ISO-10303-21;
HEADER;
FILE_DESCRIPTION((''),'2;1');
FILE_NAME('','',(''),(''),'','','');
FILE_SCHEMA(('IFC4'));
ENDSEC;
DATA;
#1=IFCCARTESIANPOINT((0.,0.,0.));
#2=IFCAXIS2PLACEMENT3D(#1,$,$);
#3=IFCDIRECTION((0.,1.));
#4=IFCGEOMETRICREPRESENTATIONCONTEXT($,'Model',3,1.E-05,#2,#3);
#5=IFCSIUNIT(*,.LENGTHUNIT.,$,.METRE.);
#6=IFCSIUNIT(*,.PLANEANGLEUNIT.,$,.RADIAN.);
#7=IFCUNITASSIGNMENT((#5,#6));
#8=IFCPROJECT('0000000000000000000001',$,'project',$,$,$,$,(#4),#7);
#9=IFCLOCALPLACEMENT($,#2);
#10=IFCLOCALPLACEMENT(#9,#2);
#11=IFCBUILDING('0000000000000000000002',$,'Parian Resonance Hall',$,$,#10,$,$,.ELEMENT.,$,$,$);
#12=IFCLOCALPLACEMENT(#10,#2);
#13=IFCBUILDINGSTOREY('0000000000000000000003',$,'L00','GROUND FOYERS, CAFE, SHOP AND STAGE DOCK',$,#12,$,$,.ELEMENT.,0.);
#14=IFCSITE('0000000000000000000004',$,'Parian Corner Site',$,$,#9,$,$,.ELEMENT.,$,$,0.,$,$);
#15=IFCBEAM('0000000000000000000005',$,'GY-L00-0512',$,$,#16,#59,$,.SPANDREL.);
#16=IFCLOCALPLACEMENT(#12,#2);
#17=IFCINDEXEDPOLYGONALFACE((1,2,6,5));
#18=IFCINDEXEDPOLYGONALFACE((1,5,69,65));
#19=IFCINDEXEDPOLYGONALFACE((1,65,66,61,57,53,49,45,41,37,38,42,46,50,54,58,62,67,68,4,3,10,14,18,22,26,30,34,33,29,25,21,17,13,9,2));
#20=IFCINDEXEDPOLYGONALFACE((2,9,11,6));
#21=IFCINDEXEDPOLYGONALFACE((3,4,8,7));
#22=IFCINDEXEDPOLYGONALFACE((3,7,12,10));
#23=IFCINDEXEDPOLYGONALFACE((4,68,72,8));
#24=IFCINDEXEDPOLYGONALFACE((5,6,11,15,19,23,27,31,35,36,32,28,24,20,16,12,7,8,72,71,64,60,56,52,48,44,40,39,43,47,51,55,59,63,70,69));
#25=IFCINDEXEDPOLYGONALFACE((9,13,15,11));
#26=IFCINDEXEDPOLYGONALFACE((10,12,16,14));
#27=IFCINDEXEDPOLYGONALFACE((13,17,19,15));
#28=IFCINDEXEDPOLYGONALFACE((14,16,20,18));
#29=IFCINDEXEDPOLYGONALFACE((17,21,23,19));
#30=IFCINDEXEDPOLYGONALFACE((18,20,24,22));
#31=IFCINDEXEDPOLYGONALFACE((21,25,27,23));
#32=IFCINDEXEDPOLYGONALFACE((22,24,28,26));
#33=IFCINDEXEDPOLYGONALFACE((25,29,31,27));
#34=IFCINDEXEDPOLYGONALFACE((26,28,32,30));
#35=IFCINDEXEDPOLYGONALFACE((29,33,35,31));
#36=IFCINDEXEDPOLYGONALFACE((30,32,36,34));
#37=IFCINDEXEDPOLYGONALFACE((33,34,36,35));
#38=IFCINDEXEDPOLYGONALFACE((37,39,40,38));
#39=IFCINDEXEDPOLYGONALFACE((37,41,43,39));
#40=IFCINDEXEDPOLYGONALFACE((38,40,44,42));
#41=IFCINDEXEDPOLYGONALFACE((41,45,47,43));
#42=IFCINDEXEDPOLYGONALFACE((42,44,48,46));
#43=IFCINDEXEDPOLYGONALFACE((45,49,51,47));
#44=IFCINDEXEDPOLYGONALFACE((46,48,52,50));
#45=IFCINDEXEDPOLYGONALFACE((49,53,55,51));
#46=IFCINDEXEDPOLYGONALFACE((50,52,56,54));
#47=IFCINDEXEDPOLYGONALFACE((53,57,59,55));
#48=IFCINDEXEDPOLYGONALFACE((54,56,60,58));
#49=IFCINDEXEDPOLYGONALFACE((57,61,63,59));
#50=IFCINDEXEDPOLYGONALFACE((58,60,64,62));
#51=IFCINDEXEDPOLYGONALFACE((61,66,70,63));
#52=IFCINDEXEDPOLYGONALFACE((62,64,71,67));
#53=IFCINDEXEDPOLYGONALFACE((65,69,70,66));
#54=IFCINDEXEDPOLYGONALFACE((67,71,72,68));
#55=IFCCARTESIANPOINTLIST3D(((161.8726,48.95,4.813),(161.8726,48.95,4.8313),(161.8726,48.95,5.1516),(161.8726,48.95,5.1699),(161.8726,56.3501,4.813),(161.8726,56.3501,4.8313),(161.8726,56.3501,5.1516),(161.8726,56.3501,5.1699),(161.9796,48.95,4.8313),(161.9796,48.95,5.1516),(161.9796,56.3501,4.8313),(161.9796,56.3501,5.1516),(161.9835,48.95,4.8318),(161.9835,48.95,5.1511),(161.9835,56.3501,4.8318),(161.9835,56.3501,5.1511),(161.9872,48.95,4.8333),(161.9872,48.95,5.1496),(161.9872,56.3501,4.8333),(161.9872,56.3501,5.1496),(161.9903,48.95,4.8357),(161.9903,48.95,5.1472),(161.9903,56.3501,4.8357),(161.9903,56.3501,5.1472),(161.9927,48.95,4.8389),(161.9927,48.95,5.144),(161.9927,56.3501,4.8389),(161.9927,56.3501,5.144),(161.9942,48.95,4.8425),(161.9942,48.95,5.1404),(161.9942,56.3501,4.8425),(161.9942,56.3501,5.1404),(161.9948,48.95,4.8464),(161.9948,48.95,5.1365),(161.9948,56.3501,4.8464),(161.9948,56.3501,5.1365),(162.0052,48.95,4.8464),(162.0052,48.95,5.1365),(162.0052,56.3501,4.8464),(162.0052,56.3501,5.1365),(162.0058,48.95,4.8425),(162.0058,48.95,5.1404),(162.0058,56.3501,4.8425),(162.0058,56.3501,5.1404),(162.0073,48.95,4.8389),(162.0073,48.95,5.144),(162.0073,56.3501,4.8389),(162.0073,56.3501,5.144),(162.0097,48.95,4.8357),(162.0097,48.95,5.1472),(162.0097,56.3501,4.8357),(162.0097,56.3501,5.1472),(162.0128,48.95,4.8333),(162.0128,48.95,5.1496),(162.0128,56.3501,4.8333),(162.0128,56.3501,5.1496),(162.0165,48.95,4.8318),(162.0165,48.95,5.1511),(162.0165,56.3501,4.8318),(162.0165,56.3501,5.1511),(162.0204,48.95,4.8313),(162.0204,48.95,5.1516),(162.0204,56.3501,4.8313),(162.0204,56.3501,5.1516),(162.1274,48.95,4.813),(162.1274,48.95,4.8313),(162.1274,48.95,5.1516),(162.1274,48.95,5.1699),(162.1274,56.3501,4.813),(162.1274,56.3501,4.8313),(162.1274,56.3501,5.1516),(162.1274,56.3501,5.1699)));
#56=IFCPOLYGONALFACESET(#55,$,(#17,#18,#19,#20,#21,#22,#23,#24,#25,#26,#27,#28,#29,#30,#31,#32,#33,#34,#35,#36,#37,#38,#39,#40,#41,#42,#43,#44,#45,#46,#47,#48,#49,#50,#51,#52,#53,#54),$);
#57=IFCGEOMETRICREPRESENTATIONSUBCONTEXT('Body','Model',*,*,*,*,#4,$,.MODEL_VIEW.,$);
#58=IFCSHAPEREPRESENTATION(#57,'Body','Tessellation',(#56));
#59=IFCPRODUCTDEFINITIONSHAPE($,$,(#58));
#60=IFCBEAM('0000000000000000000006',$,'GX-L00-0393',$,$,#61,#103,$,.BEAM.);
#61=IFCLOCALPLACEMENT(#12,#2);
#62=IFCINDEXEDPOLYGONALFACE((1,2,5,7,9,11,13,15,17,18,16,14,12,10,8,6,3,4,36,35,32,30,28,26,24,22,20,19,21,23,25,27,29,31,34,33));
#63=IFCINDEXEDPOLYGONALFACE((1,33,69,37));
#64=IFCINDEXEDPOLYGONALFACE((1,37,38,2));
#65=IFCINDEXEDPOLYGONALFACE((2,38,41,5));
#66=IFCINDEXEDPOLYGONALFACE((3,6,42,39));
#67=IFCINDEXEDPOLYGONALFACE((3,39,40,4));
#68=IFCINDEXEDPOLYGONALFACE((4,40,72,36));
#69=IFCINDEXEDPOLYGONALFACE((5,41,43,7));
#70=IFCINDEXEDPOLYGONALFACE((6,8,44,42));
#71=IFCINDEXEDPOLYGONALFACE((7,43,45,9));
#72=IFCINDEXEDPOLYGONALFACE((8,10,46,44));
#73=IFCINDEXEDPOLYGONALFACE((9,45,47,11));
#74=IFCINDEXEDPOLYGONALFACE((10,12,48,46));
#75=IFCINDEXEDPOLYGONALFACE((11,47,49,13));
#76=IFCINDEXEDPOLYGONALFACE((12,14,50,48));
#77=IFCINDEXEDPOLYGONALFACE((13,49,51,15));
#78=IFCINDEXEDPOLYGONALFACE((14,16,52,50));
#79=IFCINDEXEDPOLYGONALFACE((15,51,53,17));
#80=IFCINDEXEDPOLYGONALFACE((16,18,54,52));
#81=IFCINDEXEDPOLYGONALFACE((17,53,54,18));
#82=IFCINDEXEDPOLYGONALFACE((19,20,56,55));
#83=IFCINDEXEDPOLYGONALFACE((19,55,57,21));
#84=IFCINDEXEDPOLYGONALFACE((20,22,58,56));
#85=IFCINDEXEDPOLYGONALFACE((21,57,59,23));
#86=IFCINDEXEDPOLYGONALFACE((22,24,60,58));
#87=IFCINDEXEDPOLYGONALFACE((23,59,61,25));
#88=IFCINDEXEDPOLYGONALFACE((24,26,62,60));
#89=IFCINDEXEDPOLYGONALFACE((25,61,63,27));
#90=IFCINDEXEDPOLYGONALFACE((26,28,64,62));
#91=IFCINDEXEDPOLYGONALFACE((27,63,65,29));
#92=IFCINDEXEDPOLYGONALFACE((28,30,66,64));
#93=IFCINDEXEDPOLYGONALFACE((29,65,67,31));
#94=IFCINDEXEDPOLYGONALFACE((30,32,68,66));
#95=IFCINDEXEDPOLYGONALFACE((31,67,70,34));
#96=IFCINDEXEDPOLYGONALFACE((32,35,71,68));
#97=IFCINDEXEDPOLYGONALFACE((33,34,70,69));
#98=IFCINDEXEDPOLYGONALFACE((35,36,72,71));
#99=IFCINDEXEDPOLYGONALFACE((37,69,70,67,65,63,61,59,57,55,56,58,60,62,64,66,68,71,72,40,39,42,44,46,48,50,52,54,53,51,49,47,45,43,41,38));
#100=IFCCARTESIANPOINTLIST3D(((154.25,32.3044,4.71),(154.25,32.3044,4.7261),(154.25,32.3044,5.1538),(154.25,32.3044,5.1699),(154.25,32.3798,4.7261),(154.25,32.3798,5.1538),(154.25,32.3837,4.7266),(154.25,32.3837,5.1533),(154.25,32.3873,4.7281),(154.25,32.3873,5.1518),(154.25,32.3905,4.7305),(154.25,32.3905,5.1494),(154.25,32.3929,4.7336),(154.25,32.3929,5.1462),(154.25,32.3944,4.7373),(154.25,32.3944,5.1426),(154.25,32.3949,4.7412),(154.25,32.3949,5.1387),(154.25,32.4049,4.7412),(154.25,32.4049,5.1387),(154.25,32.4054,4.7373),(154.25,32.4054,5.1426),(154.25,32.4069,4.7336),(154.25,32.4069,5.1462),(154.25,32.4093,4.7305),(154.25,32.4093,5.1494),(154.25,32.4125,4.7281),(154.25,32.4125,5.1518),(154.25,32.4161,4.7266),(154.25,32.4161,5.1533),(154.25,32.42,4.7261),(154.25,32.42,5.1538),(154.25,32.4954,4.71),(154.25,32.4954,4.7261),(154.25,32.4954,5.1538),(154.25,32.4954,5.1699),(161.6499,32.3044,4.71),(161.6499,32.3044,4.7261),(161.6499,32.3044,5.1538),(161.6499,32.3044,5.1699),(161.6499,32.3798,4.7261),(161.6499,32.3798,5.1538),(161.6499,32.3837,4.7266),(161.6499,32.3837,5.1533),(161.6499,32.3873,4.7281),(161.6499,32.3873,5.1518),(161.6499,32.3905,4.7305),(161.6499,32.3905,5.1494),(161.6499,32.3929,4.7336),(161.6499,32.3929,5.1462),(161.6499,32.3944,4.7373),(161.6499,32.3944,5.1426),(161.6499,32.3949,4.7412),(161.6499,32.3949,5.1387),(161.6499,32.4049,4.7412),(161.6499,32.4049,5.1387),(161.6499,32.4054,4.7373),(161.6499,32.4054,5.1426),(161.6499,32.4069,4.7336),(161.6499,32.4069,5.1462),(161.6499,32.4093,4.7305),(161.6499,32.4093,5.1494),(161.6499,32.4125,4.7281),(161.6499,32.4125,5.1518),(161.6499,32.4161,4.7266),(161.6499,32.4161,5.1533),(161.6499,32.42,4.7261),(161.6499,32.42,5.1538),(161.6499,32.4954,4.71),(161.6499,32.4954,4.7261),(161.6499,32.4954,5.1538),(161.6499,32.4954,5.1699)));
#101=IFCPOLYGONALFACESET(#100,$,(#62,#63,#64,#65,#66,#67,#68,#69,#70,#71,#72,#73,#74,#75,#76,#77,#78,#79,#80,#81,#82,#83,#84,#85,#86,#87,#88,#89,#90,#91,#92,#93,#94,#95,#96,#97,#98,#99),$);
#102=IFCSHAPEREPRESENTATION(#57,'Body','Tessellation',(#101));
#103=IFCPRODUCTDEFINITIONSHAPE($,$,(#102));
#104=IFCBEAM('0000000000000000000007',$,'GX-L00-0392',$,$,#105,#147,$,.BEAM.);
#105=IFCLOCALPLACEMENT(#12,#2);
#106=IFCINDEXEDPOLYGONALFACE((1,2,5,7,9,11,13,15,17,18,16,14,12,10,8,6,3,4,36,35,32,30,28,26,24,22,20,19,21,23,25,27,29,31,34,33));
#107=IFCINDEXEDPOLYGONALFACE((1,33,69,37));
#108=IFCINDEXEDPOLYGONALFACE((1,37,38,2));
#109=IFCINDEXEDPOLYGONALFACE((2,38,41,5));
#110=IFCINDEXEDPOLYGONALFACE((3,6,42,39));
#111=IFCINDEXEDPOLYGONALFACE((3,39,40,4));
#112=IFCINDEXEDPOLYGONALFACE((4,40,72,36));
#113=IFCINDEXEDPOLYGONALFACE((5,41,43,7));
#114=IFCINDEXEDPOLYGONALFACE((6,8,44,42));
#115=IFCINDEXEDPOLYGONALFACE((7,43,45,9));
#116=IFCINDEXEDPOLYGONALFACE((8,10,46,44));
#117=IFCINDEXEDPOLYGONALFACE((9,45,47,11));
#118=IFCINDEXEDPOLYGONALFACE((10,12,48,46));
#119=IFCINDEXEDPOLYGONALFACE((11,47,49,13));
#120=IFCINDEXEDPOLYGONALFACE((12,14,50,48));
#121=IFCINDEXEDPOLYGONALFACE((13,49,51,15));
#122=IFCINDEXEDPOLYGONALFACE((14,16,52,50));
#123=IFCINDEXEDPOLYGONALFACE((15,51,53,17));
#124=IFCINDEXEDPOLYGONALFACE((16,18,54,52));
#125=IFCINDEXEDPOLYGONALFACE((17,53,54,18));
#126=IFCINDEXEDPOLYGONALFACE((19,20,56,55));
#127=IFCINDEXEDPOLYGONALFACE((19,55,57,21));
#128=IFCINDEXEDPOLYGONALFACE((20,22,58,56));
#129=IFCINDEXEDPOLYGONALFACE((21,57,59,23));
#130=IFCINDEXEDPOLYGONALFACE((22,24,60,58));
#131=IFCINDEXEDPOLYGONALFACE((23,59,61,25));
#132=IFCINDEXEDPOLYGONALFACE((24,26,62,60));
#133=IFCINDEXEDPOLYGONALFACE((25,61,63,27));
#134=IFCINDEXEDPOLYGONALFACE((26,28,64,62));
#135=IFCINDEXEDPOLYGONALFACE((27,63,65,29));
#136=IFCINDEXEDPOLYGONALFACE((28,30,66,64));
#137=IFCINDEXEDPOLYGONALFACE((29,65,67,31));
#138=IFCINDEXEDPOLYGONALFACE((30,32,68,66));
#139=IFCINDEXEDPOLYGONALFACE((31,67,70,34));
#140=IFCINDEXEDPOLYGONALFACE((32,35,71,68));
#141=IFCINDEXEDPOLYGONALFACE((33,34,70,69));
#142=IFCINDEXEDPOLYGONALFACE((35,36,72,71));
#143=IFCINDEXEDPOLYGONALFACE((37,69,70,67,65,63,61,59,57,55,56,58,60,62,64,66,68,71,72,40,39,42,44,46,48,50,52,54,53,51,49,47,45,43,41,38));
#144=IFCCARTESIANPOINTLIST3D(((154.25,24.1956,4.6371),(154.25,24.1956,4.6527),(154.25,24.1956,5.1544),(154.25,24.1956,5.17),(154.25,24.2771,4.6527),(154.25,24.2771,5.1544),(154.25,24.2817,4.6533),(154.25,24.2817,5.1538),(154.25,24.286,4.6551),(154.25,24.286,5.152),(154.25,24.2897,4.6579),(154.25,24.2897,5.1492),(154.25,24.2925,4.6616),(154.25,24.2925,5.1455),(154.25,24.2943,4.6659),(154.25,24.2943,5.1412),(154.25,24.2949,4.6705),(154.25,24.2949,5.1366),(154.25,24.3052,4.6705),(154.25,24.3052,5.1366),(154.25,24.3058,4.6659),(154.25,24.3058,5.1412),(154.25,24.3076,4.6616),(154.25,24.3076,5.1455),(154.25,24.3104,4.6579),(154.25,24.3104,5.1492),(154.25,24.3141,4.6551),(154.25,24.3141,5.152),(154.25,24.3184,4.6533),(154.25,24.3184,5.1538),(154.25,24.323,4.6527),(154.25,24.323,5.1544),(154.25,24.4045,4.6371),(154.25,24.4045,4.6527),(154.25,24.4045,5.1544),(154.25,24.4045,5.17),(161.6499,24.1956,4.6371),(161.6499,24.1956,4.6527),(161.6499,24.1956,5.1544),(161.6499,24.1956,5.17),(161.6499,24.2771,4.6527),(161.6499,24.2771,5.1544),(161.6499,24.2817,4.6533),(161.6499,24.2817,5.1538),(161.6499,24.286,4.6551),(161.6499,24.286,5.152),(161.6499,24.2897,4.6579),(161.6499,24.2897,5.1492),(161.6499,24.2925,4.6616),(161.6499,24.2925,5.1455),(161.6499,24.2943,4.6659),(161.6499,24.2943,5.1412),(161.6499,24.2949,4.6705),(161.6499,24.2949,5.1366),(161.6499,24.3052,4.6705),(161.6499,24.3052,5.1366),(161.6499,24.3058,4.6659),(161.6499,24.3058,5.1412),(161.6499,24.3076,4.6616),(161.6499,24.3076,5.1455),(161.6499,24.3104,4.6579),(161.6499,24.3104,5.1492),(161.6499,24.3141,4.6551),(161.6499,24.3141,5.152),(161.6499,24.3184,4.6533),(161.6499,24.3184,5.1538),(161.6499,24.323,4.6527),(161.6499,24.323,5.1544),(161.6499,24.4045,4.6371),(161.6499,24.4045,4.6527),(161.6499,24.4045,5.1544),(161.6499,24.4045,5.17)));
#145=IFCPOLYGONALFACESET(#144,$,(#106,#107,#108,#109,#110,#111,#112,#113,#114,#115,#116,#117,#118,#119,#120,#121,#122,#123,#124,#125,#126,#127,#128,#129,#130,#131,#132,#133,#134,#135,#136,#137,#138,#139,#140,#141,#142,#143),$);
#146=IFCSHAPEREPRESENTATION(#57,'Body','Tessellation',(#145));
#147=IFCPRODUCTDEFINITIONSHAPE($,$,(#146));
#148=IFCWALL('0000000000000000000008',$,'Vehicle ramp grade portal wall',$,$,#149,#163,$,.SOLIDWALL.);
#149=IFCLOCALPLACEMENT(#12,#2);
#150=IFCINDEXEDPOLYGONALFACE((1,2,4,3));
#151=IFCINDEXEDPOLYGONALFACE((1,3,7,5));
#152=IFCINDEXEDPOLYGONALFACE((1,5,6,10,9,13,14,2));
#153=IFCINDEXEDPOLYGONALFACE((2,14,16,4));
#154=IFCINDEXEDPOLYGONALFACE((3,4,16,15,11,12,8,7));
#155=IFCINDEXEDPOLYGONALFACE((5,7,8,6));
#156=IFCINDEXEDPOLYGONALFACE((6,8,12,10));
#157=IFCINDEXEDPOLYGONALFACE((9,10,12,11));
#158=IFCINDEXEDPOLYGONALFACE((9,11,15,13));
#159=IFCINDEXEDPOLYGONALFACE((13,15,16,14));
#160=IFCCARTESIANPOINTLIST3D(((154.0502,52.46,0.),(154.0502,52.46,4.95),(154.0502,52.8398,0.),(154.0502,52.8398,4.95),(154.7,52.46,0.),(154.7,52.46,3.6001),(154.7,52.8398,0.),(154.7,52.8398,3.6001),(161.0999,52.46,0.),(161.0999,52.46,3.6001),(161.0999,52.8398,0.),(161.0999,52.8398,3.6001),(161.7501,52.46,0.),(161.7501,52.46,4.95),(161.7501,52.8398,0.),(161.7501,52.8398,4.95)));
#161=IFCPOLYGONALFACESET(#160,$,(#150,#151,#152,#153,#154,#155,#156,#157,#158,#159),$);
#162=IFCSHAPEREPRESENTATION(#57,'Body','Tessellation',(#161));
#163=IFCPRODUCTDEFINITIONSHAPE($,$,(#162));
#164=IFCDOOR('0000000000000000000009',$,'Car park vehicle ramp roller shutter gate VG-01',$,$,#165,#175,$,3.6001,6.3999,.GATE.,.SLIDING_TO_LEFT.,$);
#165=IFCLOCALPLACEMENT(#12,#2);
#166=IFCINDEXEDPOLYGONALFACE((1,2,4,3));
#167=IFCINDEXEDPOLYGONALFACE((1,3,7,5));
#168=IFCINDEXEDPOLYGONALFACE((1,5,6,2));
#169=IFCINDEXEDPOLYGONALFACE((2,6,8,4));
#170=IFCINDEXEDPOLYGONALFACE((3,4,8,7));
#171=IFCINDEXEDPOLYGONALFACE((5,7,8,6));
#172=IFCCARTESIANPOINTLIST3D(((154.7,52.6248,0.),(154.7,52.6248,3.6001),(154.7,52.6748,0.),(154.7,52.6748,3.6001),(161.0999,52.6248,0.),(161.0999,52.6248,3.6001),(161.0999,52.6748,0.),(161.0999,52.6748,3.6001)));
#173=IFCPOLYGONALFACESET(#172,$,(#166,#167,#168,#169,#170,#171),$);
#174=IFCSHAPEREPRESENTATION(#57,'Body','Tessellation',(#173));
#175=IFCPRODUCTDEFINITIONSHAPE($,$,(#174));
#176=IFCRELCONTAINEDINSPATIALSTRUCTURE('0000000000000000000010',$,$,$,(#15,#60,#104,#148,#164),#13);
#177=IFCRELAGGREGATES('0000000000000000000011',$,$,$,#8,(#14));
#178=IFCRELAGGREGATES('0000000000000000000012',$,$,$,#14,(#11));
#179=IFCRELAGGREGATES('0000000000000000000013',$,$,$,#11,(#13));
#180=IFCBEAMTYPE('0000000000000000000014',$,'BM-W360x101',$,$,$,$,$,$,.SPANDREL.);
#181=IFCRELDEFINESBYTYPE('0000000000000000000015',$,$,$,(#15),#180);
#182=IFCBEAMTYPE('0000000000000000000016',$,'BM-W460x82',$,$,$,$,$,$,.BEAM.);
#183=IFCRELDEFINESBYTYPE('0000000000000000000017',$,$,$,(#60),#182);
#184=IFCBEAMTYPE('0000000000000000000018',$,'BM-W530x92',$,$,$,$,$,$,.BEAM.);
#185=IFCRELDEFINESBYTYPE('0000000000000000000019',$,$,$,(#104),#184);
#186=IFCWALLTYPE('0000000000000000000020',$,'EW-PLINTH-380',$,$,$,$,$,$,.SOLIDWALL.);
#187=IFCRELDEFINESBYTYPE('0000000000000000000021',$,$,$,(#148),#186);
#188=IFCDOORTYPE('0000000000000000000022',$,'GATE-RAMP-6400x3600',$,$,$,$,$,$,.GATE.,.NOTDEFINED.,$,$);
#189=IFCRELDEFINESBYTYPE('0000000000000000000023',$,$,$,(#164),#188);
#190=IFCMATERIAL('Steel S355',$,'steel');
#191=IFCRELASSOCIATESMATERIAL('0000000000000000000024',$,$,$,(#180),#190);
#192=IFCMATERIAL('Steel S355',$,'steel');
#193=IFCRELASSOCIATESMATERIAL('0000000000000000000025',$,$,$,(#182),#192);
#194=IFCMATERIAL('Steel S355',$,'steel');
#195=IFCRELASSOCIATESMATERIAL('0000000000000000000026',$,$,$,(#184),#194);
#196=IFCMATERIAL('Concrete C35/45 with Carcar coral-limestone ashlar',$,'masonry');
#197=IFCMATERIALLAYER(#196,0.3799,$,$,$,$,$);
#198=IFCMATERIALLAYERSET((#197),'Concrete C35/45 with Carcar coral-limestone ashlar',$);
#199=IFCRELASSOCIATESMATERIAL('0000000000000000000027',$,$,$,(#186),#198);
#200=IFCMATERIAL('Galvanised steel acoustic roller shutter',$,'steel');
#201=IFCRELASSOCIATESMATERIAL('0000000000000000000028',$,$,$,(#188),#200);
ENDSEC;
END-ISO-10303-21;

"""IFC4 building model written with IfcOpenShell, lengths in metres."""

from ifc_helpers import new_model, si_unit, direction, frame, frame_2d, origin, origin_2d, place, context, subcontext, project, spatial, rectangle, i_section, extrude, material, layer, layer_set, material_profile, profile_set, type_object, element, fill, save


model = new_model("IFC4")

# Units and contexts
model_context = context("Model", 3, precision=1e-05, world=origin(), true_north=direction((0.0, 1.0)))
body_context = subcontext(model_context, "Body", "Model", "MODEL_VIEW")
ifc_project = project(units=[si_unit("LENGTHUNIT", "METRE"), si_unit("PLANEANGLEUNIT", "RADIAN")], contexts=[model_context])

# Site, building, storey
site_placement = place(None, origin())
site = spatial("IfcSite", under=ifc_project, at=site_placement, Name="Parian Corner Site", CompositionType="ELEMENT", RefElevation=0.0)
building_placement = place(site_placement, origin())
building = spatial("IfcBuilding", under=site, at=building_placement, Name="Parian Resonance Hall", CompositionType="ELEMENT")
storey_placement = place(building_placement, origin())
storey = spatial("IfcBuildingStorey", under=building, at=storey_placement, Name="L00", Description="GROUND FOYERS, CAFE, SHOP AND STAGE DOCK", CompositionType="ELEMENT", Elevation=0.0)

# Beams
ifc_material_1 = material(Name="Steel S355", Category="steel")
ifc_material_profile_1 = material_profile(ifc_material_1, i_section(OverallWidth=0.2549, OverallDepth=0.3569, WebThickness=0.0105, FlangeThickness=0.0183, FilletRadius=0.0151, at=origin_2d()), Name="W360x101")
ifc_profile_set_1 = profile_set([ifc_material_profile_1], Name="Steel S355")
beam_type_1 = type_object("IfcBeamType", Name="BM-W360x101", PredefinedType="SPANDREL", material=ifc_profile_set_1)
beam_1_placement = place(storey_placement, frame((162.0, 48.95, 4.9915), z_axis=(0.0, 1.0, 0.0), x_axis=(-1.0, 0.0, 0.0)))
element("IfcBeam", 1, at=beam_1_placement, inside=storey, type_object=beam_type_1, Name="GY-L00-0512", PredefinedType="SPANDREL", context=body_context, shape_type="SweptSolid", body=[
    extrude(i_section(OverallWidth=0.2549, OverallDepth=0.3569, WebThickness=0.0105, FlangeThickness=0.0183, FilletRadius=0.0151, at=origin_2d()), origin(), (0.0, 0.0, 1.0), 7.4001),
])
ifc_material_2 = material(Name="Steel S355", Category="steel")
ifc_material_profile_2 = material_profile(ifc_material_2, i_section(OverallWidth=0.1909, OverallDepth=0.46, WebThickness=0.01, FlangeThickness=0.0161, FilletRadius=0.0151, at=origin_2d()), Name="W460x82")
ifc_profile_set_2 = profile_set([ifc_material_profile_2], Name="Steel S355")
beam_type_2 = type_object("IfcBeamType", Name="BM-W460x82", PredefinedType="BEAM", material=ifc_profile_set_2)
beam_2_placement = place(storey_placement, frame((154.25, 32.3999, 4.9399), z_axis=(1.0, 0.0, 0.0), x_axis=(0.0, 1.0, 0.0)))
element("IfcBeam", 2, at=beam_2_placement, inside=storey, type_object=beam_type_2, Name="GX-L00-0393", PredefinedType="BEAM", context=body_context, shape_type="SweptSolid", body=[
    extrude(i_section(OverallWidth=0.1909, OverallDepth=0.46, WebThickness=0.01, FlangeThickness=0.0161, FilletRadius=0.0151, at=origin_2d()), origin(), (0.0, 0.0, 1.0), 7.3999),
])
ifc_material_3 = material(Name="Steel S355", Category="steel")
ifc_material_profile_3 = material_profile(ifc_material_3, i_section(OverallWidth=0.209, OverallDepth=0.533, WebThickness=0.0103, FlangeThickness=0.0156, FilletRadius=0.0178, at=origin_2d()), Name="W530x92")
ifc_profile_set_3 = profile_set([ifc_material_profile_3], Name="Steel S355")
beam_type_3 = type_object("IfcBeamType", Name="BM-W530x92", PredefinedType="BEAM", material=ifc_profile_set_3)
beam_3_placement = place(storey_placement, frame((154.25, 24.3, 4.9036), z_axis=(1.0, 0.0, 0.0), x_axis=(0.0, 1.0, 0.0)))
element("IfcBeam", 3, at=beam_3_placement, inside=storey, type_object=beam_type_3, Name="GX-L00-0392", PredefinedType="BEAM", context=body_context, shape_type="SweptSolid", body=[
    extrude(i_section(OverallWidth=0.209, OverallDepth=0.533, WebThickness=0.0103, FlangeThickness=0.0156, FilletRadius=0.0178, at=origin_2d()), origin(), (0.0, 0.0, 1.0), 7.3999),
])

# Wall, opening, door
ifc_material_4 = material(Name="Concrete C35/45 with Carcar coral-limestone ashlar", Category="masonry")
ifc_layer_1 = layer(ifc_material_4, 0.3799)
ifc_layer_set_1 = layer_set([ifc_layer_1], Name="Concrete C35/45 with Carcar coral-limestone ashlar")
wall_type_1 = type_object("IfcWallType", Name="EW-PLINTH-380", PredefinedType="SOLIDWALL", material=ifc_layer_set_1)
wall_1_placement = place(storey_placement, frame((154.05, 52.6499, 0.0), z_axis=(0.0, 0.0, 1.0), x_axis=(1.0, 0.0, 0.0)))
wall_1 = element("IfcWall", 4, at=wall_1_placement, inside=storey, type_object=wall_type_1, Name="Vehicle ramp grade portal wall", PredefinedType="SOLIDWALL", context=body_context, shape_type="SweptSolid", body=[
    extrude(rectangle(XDim=7.7, YDim=0.3799, at=frame_2d((3.8501, 0.0))), origin(), (0.0, 0.0, 1.0), 4.95),
])
opening_placement = place(wall_1_placement, frame((0.6499, 0.0, 0.0)))
opening = element("IfcOpeningElement", 5, at=opening_placement, cuts=wall_1, PredefinedType="OPENING", context=body_context, shape_type="SweptSolid", body=[
    extrude(rectangle(XDim=6.3999, YDim=3.6001, at=frame_2d((3.2, 1.8))), frame((0.0, 0.2, 0.0), z_axis=(0.0, -1.0, 0.0), x_axis=(1.0, 0.0, 0.0)), (0.0, 0.0, 1.0), 0.3999),
])
ifc_material_5 = material(Name="Galvanised steel acoustic roller shutter", Category="steel")
door_type = type_object("IfcDoorType", Name="GATE-RAMP-6400x3600", OperationType="NOTDEFINED", PredefinedType="GATE", material=ifc_material_5)
door_placement = place(opening_placement, origin())
door = element("IfcDoor", 6, at=door_placement, inside=storey, type_object=door_type, Name="Car park vehicle ramp roller shutter gate VG-01", OperationType="SLIDING_TO_LEFT", OverallHeight=3.6001, OverallWidth=6.3999, PredefinedType="GATE", context=body_context, shape_type="SweptSolid", body=[
    extrude(rectangle(XDim=6.3999, YDim=3.6001, at=frame_2d((3.2, 1.8))), frame((0.0, 0.0249, 0.0), z_axis=(0.0, -1.0, 0.0), x_axis=(1.0, 0.0, 0.0)), (0.0, 0.0, 1.0), 0.05),
])
fill(opening, door)

save(model, "model.ifc")
